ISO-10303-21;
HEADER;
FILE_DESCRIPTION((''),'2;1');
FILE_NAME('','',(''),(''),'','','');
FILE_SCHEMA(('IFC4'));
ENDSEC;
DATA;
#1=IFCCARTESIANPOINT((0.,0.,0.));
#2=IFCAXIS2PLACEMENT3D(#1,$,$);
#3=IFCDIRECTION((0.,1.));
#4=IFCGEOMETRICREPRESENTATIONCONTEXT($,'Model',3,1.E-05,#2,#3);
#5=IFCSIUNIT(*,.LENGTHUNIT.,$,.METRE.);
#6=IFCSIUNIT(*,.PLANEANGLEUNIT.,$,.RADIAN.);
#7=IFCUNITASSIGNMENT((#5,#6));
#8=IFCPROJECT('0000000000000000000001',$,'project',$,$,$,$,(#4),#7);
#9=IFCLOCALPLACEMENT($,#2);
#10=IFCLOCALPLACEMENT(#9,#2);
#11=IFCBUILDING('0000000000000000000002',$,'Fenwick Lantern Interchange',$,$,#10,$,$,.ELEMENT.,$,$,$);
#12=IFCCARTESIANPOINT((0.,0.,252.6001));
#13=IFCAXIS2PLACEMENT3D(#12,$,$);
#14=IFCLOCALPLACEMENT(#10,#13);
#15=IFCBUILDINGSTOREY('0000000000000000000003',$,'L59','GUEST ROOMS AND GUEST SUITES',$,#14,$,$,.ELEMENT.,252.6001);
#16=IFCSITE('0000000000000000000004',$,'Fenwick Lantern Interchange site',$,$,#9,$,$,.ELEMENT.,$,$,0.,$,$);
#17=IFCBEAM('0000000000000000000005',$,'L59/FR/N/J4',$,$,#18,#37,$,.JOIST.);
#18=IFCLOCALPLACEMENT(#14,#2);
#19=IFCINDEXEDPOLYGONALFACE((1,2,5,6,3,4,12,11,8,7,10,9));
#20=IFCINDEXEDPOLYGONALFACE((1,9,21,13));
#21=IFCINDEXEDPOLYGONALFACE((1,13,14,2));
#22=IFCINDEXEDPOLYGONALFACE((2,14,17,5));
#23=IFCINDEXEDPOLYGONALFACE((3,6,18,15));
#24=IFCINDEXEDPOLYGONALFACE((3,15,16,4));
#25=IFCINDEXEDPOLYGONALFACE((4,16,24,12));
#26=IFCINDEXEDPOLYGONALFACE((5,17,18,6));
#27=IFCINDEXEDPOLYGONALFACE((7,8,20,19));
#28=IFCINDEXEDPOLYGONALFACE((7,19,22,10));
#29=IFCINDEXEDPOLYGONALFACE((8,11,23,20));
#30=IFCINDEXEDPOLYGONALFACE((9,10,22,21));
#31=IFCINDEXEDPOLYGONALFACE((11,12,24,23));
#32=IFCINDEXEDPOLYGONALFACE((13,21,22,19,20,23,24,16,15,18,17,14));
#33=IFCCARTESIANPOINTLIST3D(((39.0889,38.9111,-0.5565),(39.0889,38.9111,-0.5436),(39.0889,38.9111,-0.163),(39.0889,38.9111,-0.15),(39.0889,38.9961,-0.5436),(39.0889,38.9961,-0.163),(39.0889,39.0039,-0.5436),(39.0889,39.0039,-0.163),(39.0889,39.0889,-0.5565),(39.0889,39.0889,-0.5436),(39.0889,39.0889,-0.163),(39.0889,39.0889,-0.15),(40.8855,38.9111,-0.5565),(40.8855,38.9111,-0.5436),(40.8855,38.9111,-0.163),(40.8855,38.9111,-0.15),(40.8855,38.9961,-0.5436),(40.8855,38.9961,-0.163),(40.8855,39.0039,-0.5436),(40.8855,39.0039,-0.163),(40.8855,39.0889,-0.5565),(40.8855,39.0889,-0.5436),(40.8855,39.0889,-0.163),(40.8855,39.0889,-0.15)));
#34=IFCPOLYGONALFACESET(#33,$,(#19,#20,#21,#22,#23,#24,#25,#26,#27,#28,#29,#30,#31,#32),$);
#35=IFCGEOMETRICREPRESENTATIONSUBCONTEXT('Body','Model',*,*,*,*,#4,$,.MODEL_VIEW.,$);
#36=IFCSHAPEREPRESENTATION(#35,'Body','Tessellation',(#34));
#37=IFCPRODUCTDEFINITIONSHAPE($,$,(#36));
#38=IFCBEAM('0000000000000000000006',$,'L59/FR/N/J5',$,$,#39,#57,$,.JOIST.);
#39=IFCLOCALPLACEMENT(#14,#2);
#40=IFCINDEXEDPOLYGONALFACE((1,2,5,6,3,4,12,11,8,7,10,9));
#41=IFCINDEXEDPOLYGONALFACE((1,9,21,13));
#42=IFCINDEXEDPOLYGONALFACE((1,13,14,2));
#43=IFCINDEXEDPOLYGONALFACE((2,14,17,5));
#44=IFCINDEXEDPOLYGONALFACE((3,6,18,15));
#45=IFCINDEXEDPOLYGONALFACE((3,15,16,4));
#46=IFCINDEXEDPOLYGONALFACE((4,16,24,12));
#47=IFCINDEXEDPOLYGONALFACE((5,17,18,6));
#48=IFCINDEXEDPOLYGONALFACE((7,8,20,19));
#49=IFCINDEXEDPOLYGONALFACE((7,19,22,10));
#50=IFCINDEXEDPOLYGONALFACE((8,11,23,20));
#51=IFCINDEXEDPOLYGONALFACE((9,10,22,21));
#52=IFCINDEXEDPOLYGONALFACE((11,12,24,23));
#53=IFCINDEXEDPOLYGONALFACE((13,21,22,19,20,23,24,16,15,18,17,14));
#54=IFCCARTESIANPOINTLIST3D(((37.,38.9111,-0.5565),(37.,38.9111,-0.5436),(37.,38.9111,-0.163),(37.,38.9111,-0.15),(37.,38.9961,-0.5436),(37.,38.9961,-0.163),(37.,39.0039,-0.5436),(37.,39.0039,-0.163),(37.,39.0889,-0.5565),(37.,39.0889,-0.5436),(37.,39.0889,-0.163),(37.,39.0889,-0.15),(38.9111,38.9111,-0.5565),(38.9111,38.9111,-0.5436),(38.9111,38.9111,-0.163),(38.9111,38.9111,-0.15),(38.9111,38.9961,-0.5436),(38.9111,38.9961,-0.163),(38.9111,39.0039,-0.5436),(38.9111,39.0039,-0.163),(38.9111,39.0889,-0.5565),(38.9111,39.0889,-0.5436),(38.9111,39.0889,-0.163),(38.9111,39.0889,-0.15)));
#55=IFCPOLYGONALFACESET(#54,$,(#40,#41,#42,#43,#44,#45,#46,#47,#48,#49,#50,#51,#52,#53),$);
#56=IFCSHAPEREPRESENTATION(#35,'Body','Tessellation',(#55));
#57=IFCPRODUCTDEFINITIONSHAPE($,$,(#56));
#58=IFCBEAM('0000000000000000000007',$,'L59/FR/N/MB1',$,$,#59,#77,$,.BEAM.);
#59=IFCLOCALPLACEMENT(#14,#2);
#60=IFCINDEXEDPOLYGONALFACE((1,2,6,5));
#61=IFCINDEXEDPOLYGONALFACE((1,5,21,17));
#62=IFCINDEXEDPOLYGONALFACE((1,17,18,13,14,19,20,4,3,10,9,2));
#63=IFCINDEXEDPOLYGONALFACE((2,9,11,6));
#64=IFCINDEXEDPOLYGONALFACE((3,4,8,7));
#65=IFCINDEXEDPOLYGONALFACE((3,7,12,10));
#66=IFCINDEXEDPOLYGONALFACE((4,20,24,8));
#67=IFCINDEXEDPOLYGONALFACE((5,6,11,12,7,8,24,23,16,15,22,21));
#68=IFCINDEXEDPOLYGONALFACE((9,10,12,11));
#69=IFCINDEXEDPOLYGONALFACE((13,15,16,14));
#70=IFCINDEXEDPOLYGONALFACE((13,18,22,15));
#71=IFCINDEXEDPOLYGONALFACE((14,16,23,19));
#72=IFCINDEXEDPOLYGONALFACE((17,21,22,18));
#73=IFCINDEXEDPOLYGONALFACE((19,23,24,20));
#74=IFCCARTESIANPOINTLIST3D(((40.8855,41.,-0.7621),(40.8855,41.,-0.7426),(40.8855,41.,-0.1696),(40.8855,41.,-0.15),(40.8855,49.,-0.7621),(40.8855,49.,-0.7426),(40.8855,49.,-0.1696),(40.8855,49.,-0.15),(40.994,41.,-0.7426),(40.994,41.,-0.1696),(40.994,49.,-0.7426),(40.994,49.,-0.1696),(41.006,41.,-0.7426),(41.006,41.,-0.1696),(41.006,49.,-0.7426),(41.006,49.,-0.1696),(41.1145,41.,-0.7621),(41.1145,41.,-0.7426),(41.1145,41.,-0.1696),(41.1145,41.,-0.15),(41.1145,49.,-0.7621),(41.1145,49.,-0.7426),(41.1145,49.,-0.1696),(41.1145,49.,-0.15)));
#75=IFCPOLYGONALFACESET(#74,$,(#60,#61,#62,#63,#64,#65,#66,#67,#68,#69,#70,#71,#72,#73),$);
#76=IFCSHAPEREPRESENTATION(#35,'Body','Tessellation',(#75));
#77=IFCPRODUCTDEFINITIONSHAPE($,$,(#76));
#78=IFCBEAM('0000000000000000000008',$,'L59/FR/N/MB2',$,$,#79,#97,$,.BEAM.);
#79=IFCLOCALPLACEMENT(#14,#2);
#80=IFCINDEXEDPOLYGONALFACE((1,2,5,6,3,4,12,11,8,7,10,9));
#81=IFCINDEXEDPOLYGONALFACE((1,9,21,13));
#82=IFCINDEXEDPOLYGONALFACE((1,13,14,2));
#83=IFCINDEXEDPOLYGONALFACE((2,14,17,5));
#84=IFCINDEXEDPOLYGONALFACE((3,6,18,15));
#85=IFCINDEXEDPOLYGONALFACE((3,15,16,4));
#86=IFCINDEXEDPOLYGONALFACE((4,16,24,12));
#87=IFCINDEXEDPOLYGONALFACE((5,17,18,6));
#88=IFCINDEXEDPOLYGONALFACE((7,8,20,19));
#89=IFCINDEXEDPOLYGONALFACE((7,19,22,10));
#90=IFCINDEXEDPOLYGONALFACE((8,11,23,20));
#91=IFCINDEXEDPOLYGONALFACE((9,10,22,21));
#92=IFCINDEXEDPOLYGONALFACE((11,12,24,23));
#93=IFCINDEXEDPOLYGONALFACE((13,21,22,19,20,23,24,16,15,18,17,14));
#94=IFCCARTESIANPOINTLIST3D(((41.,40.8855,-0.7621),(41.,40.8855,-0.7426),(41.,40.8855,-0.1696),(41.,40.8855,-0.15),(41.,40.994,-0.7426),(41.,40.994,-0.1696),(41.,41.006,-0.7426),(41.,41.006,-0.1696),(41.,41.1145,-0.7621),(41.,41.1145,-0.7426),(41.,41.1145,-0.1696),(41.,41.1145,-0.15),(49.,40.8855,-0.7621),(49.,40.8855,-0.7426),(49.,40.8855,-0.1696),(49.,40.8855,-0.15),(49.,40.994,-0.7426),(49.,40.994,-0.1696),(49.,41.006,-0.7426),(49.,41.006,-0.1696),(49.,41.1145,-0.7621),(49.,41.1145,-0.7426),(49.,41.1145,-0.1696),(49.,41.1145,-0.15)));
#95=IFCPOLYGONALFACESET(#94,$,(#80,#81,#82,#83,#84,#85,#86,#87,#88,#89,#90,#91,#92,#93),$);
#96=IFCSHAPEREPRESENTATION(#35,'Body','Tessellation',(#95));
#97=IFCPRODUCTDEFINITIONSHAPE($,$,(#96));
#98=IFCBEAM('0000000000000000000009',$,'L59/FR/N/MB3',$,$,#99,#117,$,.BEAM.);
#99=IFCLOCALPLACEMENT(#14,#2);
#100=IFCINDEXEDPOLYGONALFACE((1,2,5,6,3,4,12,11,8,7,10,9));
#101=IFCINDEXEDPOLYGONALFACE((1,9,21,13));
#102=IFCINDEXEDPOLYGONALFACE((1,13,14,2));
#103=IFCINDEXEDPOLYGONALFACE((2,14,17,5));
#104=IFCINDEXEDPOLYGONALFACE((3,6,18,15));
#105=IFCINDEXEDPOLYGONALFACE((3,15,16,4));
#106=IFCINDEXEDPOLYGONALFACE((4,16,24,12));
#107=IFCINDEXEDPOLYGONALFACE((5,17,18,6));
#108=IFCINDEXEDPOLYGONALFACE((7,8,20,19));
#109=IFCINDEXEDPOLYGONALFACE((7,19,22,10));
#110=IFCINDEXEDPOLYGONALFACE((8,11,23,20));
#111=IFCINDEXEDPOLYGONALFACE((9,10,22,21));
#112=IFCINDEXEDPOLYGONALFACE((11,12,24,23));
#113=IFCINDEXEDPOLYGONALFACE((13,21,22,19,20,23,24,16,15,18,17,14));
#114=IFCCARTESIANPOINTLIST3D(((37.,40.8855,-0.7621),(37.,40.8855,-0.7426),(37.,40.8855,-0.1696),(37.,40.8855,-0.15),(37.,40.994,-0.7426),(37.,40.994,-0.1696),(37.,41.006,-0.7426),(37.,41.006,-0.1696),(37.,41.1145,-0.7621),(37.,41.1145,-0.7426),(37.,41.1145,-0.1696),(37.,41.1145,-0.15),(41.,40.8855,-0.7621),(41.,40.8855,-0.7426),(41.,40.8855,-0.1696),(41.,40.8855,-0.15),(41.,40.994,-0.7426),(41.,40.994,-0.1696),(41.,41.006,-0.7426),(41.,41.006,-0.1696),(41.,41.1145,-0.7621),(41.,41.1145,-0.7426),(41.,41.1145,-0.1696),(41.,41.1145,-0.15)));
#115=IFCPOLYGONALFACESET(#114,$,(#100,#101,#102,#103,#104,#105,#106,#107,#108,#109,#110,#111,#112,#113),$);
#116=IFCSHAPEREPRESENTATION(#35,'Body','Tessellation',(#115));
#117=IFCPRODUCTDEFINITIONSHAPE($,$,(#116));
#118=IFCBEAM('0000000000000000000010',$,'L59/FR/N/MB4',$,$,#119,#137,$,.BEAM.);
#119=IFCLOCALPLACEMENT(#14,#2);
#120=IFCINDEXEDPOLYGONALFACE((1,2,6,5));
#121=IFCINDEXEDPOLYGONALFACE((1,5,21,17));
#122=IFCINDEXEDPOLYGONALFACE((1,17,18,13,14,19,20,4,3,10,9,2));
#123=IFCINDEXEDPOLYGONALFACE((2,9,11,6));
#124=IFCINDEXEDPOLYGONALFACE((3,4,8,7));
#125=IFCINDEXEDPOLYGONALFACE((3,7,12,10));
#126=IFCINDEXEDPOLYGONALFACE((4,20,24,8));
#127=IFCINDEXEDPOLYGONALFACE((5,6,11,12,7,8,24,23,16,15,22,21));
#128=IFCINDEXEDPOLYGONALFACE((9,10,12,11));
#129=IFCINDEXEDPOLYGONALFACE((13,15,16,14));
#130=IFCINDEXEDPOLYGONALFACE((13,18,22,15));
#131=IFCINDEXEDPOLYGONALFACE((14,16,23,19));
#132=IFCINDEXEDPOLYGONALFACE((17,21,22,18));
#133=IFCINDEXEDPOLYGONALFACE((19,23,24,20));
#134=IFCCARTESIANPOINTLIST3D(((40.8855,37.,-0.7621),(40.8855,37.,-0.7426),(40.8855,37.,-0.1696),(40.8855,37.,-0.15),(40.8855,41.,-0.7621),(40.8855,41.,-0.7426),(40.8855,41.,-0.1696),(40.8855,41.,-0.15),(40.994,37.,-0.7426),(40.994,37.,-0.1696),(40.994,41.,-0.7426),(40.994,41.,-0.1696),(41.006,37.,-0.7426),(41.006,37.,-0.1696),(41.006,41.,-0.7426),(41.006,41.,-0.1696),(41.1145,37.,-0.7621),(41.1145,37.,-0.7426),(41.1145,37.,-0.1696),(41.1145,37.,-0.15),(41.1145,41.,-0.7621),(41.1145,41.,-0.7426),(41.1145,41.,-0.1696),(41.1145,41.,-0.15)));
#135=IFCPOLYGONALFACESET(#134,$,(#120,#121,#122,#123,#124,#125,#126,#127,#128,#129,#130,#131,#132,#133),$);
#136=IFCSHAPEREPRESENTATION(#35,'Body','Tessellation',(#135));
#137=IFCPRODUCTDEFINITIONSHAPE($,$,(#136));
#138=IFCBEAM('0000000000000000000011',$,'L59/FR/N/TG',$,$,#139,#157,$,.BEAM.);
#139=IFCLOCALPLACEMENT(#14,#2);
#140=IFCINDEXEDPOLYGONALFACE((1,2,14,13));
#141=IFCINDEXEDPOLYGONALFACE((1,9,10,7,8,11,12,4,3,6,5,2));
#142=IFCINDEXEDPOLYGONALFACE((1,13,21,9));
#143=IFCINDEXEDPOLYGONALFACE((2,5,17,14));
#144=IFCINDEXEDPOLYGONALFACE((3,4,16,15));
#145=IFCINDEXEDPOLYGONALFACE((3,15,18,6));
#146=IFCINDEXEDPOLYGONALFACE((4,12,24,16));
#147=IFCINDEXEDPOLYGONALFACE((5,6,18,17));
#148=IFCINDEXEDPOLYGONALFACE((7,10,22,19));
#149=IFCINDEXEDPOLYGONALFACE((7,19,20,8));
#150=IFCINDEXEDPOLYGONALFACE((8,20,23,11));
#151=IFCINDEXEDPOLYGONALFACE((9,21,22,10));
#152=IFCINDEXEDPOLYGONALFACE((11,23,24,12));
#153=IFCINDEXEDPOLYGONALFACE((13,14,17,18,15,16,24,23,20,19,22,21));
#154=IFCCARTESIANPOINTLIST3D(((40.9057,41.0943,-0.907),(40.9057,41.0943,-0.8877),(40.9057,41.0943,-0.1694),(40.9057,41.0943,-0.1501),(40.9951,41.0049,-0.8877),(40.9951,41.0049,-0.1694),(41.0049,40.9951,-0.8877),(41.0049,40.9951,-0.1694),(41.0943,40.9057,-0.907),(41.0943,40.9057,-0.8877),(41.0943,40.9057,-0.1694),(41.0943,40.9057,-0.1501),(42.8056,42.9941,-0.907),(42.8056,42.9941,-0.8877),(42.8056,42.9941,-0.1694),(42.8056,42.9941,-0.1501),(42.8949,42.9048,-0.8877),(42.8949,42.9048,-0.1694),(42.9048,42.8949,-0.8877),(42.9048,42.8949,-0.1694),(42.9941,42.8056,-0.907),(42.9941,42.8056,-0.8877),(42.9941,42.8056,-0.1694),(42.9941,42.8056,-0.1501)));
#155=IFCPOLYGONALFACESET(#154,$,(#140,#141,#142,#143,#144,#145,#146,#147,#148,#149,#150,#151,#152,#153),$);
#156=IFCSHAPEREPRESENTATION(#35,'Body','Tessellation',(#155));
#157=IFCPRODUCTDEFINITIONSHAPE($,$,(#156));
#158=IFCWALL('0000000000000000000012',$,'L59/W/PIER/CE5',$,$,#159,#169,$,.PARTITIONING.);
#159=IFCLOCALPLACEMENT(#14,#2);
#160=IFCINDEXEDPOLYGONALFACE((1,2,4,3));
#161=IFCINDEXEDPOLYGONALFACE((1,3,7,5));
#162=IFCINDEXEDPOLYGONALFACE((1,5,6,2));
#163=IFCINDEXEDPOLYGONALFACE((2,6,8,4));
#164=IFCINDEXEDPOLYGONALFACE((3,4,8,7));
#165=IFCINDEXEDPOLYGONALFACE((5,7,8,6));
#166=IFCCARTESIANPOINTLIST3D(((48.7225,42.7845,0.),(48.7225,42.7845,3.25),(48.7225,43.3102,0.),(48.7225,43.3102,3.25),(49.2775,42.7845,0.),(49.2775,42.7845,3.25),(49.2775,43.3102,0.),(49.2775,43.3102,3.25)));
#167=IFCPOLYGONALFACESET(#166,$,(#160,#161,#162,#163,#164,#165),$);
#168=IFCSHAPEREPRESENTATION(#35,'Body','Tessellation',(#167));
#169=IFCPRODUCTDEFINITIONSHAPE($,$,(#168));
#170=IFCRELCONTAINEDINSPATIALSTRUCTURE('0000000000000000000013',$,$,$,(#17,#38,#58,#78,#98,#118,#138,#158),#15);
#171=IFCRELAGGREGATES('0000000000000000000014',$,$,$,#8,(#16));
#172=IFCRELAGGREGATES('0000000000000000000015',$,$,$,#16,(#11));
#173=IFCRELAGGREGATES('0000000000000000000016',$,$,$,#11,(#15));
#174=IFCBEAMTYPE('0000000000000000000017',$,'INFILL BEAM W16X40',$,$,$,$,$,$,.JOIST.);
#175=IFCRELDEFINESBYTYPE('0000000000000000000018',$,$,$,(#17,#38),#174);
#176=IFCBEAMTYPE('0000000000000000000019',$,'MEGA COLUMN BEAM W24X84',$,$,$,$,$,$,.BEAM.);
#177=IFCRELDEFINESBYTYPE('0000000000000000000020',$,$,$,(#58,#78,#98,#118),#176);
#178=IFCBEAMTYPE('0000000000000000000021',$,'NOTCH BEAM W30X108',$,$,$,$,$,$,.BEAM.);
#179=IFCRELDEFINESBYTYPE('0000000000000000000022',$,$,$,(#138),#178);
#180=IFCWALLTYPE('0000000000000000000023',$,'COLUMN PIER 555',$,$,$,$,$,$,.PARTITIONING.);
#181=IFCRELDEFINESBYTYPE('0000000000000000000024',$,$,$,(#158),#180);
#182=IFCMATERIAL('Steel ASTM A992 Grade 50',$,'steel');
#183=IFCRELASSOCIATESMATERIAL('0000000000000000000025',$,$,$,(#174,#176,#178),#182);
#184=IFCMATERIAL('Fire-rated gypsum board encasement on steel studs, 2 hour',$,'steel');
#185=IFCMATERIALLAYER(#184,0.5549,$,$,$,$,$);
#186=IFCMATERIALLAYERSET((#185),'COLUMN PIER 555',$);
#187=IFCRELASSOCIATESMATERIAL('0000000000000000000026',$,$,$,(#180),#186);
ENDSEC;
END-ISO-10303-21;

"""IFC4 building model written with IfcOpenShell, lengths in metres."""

from ifc_helpers import new_model, si_unit, direction, frame, frame_2d, origin, origin_2d, place, context, subcontext, project, spatial, rectangle, i_section, extrude, material, layer, layer_set, material_profile, profile_set, type_object, element, save


model = new_model("IFC4")

# Units and contexts
model_context = context("Model", 3, precision=1e-05, world=origin(), true_north=direction((0.0, 1.0)))
body_context = subcontext(model_context, "Body", "Model", "MODEL_VIEW")
ifc_project = project(units=[si_unit("LENGTHUNIT", "METRE"), si_unit("PLANEANGLEUNIT", "RADIAN")], contexts=[model_context])

# Site, building, storey
site_placement = place(None, origin())
site = spatial("IfcSite", under=ifc_project, at=site_placement, Name="Fenwick Lantern Interchange site", CompositionType="ELEMENT", RefElevation=0.0)
building_placement = place(site_placement, origin())
building = spatial("IfcBuilding", under=site, at=building_placement, Name="Fenwick Lantern Interchange", CompositionType="ELEMENT")
storey_placement = place(building_placement, frame((0.0, 0.0, 252.6001)))
storey = spatial("IfcBuildingStorey", under=building, at=storey_placement, Name="L59", Description="GUEST ROOMS AND GUEST SUITES", CompositionType="ELEMENT", Elevation=252.6001)

# Shared definitions
ifc_material_1 = material(Name="Steel ASTM A992 Grade 50", Category="steel")

# Beams
ifc_material_profile_1 = material_profile(ifc_material_1, i_section(OverallWidth=0.1777, OverallDepth=0.4065, WebThickness=0.0078, FlangeThickness=0.0129, at=origin_2d()), Name="W16X40")
ifc_profile_set_1 = profile_set([ifc_material_profile_1], Name="Steel ASTM A992 Grade 50")
beam_type_1 = type_object("IfcBeamType", Name="INFILL BEAM W16X40", PredefinedType="JOIST", material=ifc_profile_set_1)
beam_1_placement = place(storey_placement, frame((40.8855, 39.0, -0.3533), z_axis=(-1.0, 0.0, 0.0), x_axis=(0.0, -1.0, 0.0)))
element("IfcBeam", 1, at=beam_1_placement, inside=storey, type_object=beam_type_1, Name="L59/FR/N/J4", PredefinedType="JOIST", context=body_context, shape_type="SweptSolid", body=[
    extrude(i_section(OverallWidth=0.1777, OverallDepth=0.4065, WebThickness=0.0078, FlangeThickness=0.0129, at=origin_2d()), origin(), (0.0, 0.0, 1.0), 1.7966),
])
beam_2_placement = place(storey_placement, frame((38.9111, 39.0, -0.3533), z_axis=(-1.0, 0.0, 0.0), x_axis=(0.0, -1.0, 0.0)))
element("IfcBeam", 2, at=beam_2_placement, inside=storey, type_object=beam_type_1, Name="L59/FR/N/J5", PredefinedType="JOIST", context=body_context, shape_type="SweptSolid", body=[
    extrude(i_section(OverallWidth=0.1777, OverallDepth=0.4065, WebThickness=0.0078, FlangeThickness=0.0129, at=origin_2d()), origin(), (0.0, 0.0, 1.0), 1.9111),
])
ifc_material_profile_2 = material_profile(ifc_material_1, i_section(OverallWidth=0.229, OverallDepth=0.6121, WebThickness=0.012, FlangeThickness=0.0195, at=origin_2d()), Name="W24X84")
ifc_profile_set_2 = profile_set([ifc_material_profile_2], Name="Steel ASTM A992 Grade 50")
beam_type_2 = type_object("IfcBeamType", Name="MEGA COLUMN BEAM W24X84", PredefinedType="BEAM", material=ifc_profile_set_2)
for number, where, z_axis, x_axis, name in (
    (3, (41.0, 41.0, -0.4561), (0.0, 1.0, 0.0), (-1.0, 0.0, 0.0), "L59/FR/N/MB1"),
    (4, (41.0, 41.0, -0.4561), (1.0, 0.0, 0.0), (0.0, 1.0, 0.0), "L59/FR/N/MB2"),
):
    element("IfcBeam", number, at=place(storey_placement, frame(where, z_axis=z_axis, x_axis=x_axis)), inside=storey, type_object=beam_type_2, Name=name, PredefinedType="BEAM", context=body_context, shape_type="SweptSolid", body=[
        extrude(i_section(OverallWidth=0.229, OverallDepth=0.6121, WebThickness=0.012, FlangeThickness=0.0195, at=origin_2d()), origin(), (0.0, 0.0, 1.0), 8.0),
    ])
for number, where, z_axis, x_axis, name in (
    (5, (41.0, 41.0, -0.4561), (-1.0, 0.0, 0.0), (0.0, -1.0, 0.0), "L59/FR/N/MB3"),
    (6, (41.0, 41.0, -0.4561), (0.0, -1.0, 0.0), (1.0, 0.0, 0.0), "L59/FR/N/MB4"),
):
    element("IfcBeam", number, at=place(storey_placement, frame(where, z_axis=z_axis, x_axis=x_axis)), inside=storey, type_object=beam_type_2, Name=name, PredefinedType="BEAM", context=body_context, shape_type="SweptSolid", body=[
        extrude(i_section(OverallWidth=0.229, OverallDepth=0.6121, WebThickness=0.012, FlangeThickness=0.0195, at=origin_2d()), origin(), (0.0, 0.0, 1.0), 4.0),
    ])
ifc_material_profile_3 = material_profile(ifc_material_1, i_section(OverallWidth=0.2666, OverallDepth=0.7568, WebThickness=0.0139, FlangeThickness=0.0193, at=origin_2d()), Name="W30X108")
ifc_profile_set_3 = profile_set([ifc_material_profile_3], Name="Steel ASTM A992 Grade 50")
beam_type_3 = type_object("IfcBeamType", Name="NOTCH BEAM W30X108", PredefinedType="BEAM", material=ifc_profile_set_3)
beam_3_placement = place(storey_placement, frame((41.0, 41.0, -0.5286), z_axis=(0.707107, 0.707107, 0.0), x_axis=(-0.707107, 0.707107, 0.0)))
element("IfcBeam", 7, at=beam_3_placement, inside=storey, type_object=beam_type_3, Name="L59/FR/N/TG", PredefinedType="BEAM", context=body_context, shape_type="SweptSolid", body=[
    extrude(i_section(OverallWidth=0.2666, OverallDepth=0.7568, WebThickness=0.0139, FlangeThickness=0.0193, at=origin_2d()), origin(), (0.0, 0.0, 1.0), 2.6868),
])

# Wall
ifc_material_2 = material(Name="Fire-rated gypsum board encasement on steel studs, 2 hour", Category="steel")
ifc_layer_1 = layer(ifc_material_2, 0.5549)
ifc_layer_set_1 = layer_set([ifc_layer_1], Name="COLUMN PIER 555")
wall_type_1 = type_object("IfcWallType", Name="COLUMN PIER 555", PredefinedType="PARTITIONING", material=ifc_layer_set_1)
wall_1_placement = place(storey_placement, frame((49.0, 43.3101, 0.0), z_axis=(0.0, 0.0, 1.0), x_axis=(0.0, -1.0, 0.0)))
element("IfcWall", 8, at=wall_1_placement, inside=storey, type_object=wall_type_1, Name="L59/W/PIER/CE5", PredefinedType="PARTITIONING", context=body_context, shape_type="SweptSolid", body=[
    extrude(rectangle(XDim=0.5256, YDim=0.5549, at=frame_2d((0.2627, 0.0))), origin(), (0.0, 0.0, 1.0), 3.25),
])

save(model, "model.ifc")
